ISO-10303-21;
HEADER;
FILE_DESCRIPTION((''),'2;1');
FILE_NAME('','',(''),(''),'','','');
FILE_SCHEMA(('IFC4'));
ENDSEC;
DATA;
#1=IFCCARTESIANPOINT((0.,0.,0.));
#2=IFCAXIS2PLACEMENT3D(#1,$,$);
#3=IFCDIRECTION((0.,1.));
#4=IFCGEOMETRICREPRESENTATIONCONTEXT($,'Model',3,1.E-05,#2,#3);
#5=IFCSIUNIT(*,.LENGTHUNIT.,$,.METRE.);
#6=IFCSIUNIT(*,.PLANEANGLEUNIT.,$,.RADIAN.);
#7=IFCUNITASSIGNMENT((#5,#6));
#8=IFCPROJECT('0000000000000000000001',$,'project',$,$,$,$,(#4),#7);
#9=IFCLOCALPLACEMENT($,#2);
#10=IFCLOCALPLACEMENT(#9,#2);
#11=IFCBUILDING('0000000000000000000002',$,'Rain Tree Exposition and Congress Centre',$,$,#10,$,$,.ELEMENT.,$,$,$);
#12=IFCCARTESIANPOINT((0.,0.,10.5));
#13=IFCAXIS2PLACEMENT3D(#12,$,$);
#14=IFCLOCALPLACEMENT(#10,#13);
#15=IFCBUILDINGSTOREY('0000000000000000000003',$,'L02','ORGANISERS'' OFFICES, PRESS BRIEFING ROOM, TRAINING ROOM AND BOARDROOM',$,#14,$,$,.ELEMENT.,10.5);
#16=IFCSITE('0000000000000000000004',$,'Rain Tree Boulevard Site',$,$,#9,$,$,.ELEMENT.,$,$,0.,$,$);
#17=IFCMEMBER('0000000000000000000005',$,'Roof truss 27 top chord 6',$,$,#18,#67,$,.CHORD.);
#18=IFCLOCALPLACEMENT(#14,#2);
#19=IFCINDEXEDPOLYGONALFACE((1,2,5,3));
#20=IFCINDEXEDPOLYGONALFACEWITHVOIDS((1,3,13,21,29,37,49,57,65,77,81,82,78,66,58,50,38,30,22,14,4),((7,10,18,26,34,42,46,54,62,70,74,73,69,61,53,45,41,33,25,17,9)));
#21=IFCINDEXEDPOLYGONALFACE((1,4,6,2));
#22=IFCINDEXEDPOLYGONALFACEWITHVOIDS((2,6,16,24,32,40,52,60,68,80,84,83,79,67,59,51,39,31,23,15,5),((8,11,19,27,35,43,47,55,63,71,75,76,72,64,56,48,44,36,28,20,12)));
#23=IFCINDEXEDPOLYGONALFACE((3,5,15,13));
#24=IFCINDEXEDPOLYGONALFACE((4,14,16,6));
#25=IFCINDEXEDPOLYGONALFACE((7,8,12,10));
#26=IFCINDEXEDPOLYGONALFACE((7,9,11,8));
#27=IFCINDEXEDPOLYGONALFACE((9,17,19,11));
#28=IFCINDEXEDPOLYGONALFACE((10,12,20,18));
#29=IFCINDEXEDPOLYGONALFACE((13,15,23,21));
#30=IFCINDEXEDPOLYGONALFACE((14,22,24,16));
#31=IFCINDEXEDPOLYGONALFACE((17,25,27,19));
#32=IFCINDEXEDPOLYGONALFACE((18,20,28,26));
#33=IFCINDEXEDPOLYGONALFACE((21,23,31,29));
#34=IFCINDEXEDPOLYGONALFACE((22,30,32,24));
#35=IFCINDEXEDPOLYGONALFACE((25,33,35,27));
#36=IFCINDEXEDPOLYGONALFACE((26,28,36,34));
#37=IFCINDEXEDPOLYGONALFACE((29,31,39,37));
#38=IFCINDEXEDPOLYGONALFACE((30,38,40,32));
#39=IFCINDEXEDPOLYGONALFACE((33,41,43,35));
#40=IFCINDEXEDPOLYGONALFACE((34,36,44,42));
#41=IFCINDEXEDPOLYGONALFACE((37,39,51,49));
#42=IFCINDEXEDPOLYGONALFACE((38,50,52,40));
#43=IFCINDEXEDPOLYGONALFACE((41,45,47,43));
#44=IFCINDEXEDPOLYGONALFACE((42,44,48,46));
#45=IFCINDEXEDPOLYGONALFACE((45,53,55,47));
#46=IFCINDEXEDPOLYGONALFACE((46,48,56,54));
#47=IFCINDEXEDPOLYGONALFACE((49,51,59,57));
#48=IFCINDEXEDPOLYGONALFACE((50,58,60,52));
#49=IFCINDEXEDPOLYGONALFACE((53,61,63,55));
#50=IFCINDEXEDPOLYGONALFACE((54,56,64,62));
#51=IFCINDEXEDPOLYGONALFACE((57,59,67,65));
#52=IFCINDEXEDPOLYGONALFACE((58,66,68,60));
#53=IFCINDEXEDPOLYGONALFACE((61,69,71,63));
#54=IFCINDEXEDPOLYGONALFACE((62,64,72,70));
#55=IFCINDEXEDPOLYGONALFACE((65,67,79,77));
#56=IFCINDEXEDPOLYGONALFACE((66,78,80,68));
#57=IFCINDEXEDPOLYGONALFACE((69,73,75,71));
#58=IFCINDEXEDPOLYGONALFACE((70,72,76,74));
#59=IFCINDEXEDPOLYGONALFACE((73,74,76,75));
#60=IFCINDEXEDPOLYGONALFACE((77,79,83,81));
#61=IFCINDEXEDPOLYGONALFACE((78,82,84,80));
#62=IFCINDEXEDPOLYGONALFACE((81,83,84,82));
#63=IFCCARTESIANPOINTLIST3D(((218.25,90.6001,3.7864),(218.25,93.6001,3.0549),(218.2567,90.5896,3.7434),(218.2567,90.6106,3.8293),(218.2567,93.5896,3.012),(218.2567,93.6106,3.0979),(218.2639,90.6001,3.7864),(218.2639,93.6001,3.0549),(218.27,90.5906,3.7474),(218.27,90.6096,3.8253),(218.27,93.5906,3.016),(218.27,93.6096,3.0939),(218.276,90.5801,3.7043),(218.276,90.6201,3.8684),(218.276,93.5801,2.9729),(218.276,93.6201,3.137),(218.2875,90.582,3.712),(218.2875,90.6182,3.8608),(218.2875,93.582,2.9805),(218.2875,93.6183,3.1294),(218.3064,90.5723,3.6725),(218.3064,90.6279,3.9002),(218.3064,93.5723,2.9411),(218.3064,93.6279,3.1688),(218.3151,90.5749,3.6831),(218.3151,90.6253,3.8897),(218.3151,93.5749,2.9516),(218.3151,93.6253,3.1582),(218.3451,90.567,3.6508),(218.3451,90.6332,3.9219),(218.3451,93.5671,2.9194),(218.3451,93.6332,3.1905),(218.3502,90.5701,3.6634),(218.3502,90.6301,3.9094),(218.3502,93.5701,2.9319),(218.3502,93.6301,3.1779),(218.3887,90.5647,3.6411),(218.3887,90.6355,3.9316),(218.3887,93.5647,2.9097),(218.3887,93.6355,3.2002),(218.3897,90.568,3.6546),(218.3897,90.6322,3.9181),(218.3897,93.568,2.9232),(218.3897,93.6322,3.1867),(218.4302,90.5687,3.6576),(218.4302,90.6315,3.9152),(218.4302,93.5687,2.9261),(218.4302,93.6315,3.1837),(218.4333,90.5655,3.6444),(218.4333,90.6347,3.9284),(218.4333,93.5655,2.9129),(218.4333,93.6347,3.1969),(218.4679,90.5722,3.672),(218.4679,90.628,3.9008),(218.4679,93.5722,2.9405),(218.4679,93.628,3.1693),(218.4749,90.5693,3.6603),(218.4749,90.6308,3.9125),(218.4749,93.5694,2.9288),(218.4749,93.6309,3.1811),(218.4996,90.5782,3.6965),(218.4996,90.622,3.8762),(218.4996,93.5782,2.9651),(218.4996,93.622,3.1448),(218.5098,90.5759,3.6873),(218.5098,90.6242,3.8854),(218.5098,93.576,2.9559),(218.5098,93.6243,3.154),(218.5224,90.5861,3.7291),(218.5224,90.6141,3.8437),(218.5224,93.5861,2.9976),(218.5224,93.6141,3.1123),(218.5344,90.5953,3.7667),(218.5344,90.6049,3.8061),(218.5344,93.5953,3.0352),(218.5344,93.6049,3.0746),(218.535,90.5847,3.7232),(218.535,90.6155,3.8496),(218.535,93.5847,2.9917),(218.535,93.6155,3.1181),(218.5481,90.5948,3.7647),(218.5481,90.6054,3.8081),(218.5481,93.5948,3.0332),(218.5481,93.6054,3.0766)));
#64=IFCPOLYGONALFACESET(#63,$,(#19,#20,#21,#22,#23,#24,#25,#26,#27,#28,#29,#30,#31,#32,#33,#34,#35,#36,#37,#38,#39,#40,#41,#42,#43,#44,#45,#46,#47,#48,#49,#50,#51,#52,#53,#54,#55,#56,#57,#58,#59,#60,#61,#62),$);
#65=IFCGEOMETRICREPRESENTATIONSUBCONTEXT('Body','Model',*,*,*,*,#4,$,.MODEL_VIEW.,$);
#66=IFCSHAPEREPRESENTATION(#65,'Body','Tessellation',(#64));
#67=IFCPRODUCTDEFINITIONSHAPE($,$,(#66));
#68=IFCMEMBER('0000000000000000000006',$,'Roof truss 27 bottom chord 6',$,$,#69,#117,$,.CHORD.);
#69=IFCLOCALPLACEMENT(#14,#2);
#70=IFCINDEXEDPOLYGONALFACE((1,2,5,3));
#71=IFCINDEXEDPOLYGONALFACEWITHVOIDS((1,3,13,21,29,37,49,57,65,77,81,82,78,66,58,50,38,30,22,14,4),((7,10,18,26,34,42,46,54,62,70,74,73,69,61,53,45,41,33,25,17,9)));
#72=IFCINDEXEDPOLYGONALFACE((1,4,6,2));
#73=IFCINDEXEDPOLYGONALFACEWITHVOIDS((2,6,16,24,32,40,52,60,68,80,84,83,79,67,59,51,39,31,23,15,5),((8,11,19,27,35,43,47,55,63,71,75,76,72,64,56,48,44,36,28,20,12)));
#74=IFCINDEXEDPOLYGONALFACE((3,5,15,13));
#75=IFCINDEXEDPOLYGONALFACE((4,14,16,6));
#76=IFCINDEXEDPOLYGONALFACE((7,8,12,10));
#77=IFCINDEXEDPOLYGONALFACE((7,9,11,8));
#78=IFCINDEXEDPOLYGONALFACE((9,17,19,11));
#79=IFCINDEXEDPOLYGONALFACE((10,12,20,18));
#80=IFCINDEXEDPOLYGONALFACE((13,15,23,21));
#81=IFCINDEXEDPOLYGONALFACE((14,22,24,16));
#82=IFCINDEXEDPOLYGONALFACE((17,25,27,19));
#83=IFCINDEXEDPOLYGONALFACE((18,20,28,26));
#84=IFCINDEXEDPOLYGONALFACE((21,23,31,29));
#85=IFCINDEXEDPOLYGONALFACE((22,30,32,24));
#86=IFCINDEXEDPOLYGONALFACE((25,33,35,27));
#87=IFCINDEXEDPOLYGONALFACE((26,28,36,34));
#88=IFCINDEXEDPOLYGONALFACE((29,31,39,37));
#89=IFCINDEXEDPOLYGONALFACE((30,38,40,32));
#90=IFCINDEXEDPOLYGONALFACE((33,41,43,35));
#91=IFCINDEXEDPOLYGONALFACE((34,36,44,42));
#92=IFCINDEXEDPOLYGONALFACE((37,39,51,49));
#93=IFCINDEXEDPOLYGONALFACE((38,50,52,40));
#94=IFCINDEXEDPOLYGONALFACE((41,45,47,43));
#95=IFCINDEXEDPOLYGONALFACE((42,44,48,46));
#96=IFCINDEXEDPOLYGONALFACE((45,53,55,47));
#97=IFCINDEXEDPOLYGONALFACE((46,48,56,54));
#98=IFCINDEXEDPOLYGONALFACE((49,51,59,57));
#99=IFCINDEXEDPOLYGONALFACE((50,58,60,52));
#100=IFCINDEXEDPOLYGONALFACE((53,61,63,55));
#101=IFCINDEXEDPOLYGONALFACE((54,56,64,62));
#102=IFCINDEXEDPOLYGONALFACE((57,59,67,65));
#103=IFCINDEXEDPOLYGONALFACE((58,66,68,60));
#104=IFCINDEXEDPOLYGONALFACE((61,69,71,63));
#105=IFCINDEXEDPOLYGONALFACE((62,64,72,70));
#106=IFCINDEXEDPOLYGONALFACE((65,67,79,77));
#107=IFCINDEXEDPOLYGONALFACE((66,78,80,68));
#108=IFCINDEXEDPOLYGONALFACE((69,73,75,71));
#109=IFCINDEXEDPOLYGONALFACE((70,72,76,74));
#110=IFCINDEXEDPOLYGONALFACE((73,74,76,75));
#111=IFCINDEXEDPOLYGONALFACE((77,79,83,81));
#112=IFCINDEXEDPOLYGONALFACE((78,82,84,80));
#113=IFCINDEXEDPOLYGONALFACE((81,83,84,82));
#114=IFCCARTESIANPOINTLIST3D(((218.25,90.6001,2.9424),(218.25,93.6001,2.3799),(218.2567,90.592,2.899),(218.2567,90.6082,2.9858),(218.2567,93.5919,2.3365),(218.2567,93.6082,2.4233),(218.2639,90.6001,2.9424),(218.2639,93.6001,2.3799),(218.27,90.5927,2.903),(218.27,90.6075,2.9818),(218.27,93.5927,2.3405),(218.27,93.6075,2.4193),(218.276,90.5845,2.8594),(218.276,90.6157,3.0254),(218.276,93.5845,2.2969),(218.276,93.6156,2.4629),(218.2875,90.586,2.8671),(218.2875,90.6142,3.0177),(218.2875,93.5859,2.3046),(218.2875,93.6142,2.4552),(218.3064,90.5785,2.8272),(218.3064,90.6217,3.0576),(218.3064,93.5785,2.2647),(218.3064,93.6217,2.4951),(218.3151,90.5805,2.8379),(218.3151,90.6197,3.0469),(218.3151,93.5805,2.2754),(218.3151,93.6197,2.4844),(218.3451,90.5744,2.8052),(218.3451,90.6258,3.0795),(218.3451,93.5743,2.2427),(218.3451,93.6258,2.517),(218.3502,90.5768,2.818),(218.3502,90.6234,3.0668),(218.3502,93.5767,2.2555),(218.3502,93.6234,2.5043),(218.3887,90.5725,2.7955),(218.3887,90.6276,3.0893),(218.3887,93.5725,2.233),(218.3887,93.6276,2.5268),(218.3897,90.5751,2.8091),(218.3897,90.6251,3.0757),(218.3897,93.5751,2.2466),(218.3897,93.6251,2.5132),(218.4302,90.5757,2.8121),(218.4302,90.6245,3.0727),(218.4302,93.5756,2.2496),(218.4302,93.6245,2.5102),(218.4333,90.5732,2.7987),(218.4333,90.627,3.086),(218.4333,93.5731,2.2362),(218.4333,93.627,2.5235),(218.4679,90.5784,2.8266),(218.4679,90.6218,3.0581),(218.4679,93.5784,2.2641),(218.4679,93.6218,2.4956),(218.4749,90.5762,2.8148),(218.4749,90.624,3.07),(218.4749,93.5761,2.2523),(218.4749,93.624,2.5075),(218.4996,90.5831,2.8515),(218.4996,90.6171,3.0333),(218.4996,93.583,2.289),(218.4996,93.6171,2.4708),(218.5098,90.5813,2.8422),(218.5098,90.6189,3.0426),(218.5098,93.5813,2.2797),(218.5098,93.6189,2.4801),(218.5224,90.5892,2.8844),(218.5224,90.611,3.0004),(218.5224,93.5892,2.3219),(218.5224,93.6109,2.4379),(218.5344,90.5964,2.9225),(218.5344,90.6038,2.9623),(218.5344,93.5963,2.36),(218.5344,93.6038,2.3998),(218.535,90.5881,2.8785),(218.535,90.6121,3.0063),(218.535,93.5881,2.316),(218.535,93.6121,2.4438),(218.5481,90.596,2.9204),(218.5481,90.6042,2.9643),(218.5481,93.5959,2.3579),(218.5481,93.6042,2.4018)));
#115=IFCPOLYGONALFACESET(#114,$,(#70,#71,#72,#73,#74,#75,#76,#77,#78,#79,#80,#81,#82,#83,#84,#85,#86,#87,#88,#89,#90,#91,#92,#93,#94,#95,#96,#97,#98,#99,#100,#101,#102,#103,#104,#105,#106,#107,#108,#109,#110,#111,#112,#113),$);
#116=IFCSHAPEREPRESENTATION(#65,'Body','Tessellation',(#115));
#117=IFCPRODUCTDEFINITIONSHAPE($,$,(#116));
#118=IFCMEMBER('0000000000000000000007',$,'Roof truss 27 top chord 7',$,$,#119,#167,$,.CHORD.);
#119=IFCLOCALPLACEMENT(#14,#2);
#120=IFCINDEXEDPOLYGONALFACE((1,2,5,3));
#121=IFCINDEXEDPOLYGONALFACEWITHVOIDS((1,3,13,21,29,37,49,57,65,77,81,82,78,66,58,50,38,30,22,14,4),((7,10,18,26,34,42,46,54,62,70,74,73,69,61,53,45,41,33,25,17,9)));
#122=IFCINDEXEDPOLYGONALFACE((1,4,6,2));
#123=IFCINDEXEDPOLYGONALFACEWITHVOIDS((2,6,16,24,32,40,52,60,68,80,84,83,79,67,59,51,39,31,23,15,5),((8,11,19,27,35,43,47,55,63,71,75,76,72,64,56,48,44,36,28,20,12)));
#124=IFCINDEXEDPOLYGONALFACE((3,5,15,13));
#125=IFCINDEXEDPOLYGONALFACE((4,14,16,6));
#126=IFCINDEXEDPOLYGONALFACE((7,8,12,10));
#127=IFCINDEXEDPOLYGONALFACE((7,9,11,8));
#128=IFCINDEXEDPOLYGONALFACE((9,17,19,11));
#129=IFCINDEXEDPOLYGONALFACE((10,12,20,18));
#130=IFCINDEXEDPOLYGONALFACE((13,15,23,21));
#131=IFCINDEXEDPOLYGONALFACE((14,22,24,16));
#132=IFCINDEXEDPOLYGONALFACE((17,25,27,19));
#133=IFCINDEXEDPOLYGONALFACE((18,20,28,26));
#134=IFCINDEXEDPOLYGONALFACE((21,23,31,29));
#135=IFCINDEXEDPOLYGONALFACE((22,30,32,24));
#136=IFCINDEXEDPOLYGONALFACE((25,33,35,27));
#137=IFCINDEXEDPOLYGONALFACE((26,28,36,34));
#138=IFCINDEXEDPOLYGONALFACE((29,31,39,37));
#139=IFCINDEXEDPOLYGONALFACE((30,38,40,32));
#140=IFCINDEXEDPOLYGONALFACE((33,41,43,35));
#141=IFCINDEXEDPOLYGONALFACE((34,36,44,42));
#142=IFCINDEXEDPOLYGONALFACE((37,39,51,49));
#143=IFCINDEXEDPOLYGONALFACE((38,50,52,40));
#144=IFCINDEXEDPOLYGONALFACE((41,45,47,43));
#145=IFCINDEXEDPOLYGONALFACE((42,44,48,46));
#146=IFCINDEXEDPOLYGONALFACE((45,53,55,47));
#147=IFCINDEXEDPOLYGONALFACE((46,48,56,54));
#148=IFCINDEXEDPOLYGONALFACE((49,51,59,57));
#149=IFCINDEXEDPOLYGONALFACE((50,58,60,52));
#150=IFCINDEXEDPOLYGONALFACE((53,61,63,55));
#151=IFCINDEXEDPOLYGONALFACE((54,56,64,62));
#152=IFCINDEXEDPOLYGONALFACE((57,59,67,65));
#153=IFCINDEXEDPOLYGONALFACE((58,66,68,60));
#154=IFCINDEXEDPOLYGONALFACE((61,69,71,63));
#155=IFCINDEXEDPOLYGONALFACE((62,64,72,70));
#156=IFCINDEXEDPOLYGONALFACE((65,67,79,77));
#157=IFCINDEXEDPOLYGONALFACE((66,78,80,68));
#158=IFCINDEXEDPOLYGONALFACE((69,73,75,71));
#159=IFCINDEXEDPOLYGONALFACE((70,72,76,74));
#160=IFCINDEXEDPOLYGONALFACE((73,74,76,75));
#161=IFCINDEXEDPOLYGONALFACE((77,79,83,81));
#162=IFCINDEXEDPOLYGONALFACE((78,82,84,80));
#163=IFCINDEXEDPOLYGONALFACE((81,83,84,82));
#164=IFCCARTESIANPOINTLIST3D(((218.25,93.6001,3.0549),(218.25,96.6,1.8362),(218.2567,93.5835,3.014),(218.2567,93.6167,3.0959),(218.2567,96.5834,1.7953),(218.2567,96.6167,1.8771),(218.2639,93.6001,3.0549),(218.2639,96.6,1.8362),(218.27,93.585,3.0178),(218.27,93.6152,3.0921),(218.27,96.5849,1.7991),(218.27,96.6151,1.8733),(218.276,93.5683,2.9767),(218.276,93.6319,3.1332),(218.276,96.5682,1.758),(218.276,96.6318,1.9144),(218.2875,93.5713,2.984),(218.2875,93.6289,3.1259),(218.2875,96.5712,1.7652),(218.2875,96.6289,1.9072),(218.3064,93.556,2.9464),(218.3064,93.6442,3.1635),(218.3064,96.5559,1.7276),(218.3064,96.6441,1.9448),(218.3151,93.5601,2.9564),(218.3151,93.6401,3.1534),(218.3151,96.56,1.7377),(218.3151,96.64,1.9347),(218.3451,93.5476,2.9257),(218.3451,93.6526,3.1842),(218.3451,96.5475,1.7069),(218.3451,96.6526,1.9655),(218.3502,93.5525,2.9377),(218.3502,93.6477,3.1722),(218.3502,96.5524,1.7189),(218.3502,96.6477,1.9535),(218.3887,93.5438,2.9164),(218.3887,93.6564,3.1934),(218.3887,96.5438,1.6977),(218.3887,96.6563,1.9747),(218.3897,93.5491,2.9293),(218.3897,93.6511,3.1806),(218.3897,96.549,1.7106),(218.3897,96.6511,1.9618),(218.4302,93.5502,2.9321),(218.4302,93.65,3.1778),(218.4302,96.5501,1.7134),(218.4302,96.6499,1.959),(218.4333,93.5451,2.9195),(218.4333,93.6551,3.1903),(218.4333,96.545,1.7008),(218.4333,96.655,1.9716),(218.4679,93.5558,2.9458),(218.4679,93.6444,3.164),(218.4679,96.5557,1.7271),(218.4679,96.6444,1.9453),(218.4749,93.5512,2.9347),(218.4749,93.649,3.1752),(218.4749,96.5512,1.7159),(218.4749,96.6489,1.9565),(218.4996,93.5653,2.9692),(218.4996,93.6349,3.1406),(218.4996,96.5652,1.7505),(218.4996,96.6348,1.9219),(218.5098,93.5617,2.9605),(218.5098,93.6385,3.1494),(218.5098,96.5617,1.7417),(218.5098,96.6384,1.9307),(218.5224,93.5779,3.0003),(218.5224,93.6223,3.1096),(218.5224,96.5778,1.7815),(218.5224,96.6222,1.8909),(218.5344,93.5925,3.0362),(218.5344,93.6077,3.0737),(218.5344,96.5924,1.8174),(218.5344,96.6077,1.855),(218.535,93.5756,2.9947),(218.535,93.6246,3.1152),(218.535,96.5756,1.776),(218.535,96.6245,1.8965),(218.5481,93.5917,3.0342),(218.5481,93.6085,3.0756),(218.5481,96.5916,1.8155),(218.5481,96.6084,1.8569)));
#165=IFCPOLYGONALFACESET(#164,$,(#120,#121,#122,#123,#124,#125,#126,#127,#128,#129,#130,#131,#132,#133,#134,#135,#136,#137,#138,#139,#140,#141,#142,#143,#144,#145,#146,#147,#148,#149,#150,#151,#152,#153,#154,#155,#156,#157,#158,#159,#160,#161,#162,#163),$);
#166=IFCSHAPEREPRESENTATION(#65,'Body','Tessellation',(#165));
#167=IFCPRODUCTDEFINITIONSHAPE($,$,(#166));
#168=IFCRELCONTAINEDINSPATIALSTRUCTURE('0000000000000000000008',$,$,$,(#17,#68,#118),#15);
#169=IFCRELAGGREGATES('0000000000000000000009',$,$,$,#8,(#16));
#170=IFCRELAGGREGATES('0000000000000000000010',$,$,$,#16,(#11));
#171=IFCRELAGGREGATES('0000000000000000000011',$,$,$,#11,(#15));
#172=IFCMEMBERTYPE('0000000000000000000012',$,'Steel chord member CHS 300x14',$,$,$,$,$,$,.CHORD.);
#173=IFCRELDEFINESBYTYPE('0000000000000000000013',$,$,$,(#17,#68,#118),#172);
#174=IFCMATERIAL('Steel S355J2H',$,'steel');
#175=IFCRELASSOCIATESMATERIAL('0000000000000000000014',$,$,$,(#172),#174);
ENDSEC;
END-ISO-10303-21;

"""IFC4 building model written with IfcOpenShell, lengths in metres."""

from ifc_helpers import new_model, si_unit, direction, frame, origin, origin_2d, place, context, subcontext, project, spatial, hollow_circle, extrude, material, material_profile, profile_set, type_object, element, save


model = new_model("IFC4")

# Units and contexts
model_context = context("Model", 3, precision=1e-05, world=origin(), true_north=direction((0.0, 1.0)))
body_context = subcontext(model_context, "Body", "Model", "MODEL_VIEW")
ifc_project = project(units=[si_unit("LENGTHUNIT", "METRE"), si_unit("PLANEANGLEUNIT", "RADIAN")], contexts=[model_context])

# Site, building, storey
site_placement = place(None, origin())
site = spatial("IfcSite", under=ifc_project, at=site_placement, Name="Rain Tree Boulevard Site", CompositionType="ELEMENT", RefElevation=0.0)
building_placement = place(site_placement, origin())
building = spatial("IfcBuilding", under=site, at=building_placement, Name="Rain Tree Exposition and Congress Centre", CompositionType="ELEMENT")
storey_placement = place(building_placement, frame((0.0, 0.0, 10.5)))
storey = spatial("IfcBuildingStorey", under=building, at=storey_placement, Name="L02", Description="ORGANISERS' OFFICES, PRESS BRIEFING ROOM, TRAINING ROOM AND BOARDROOM", CompositionType="ELEMENT", Elevation=10.5)

# Members
ifc_material_1 = material(Name="Steel S355J2H", Category="steel")
ifc_material_profile_1 = material_profile(ifc_material_1, hollow_circle(Radius=0.1499, WallThickness=0.0139, at=origin_2d()), Name="CHS 300x14")
ifc_profile_set_1 = profile_set([ifc_material_profile_1], Name="Steel S355J2H")
member_type_1 = type_object("IfcMemberType", Name="Steel chord member CHS 300x14", PredefinedType="CHORD", material=ifc_profile_set_1)
member_1_placement = place(storey_placement, frame((218.3999, 90.6001, 3.7864), z_axis=(0.0, 0.97154, -0.236876), x_axis=(-1.0, 0.0, 0.0)))
element("IfcMember", 1, at=member_1_placement, inside=storey, type_object=member_type_1, Name="Roof truss 27 top chord 6", PredefinedType="CHORD", context=body_context, shape_type="SweptSolid", body=[
    extrude(hollow_circle(Radius=0.1499, WallThickness=0.0139, at=origin_2d()), origin(), (0.0, 0.0, 1.0), 3.0879),
])
member_2_placement = place(storey_placement, frame((218.3999, 90.6001, 2.9424), z_axis=(0.0, 0.982872, -0.184289), x_axis=(-1.0, 0.0, 0.0)))
element("IfcMember", 2, at=member_2_placement, inside=storey, type_object=member_type_1, Name="Roof truss 27 bottom chord 6", PredefinedType="CHORD", context=body_context, shape_type="SweptSolid", body=[
    extrude(hollow_circle(Radius=0.1499, WallThickness=0.0139, at=origin_2d()), origin(), (0.0, 0.0, 1.0), 3.0522),
])
member_3_placement = place(storey_placement, frame((218.3999, 93.6001, 3.0549), z_axis=(0.0, 0.926467, -0.376377), x_axis=(-1.0, 0.0, 0.0)))
element("IfcMember", 3, at=member_3_placement, inside=storey, type_object=member_type_1, Name="Roof truss 27 top chord 7", PredefinedType="CHORD", context=body_context, shape_type="SweptSolid", body=[
    extrude(hollow_circle(Radius=0.1499, WallThickness=0.0139, at=origin_2d()), origin(), (0.0, 0.0, 1.0), 3.238),
])

save(model, "model.ifc")
